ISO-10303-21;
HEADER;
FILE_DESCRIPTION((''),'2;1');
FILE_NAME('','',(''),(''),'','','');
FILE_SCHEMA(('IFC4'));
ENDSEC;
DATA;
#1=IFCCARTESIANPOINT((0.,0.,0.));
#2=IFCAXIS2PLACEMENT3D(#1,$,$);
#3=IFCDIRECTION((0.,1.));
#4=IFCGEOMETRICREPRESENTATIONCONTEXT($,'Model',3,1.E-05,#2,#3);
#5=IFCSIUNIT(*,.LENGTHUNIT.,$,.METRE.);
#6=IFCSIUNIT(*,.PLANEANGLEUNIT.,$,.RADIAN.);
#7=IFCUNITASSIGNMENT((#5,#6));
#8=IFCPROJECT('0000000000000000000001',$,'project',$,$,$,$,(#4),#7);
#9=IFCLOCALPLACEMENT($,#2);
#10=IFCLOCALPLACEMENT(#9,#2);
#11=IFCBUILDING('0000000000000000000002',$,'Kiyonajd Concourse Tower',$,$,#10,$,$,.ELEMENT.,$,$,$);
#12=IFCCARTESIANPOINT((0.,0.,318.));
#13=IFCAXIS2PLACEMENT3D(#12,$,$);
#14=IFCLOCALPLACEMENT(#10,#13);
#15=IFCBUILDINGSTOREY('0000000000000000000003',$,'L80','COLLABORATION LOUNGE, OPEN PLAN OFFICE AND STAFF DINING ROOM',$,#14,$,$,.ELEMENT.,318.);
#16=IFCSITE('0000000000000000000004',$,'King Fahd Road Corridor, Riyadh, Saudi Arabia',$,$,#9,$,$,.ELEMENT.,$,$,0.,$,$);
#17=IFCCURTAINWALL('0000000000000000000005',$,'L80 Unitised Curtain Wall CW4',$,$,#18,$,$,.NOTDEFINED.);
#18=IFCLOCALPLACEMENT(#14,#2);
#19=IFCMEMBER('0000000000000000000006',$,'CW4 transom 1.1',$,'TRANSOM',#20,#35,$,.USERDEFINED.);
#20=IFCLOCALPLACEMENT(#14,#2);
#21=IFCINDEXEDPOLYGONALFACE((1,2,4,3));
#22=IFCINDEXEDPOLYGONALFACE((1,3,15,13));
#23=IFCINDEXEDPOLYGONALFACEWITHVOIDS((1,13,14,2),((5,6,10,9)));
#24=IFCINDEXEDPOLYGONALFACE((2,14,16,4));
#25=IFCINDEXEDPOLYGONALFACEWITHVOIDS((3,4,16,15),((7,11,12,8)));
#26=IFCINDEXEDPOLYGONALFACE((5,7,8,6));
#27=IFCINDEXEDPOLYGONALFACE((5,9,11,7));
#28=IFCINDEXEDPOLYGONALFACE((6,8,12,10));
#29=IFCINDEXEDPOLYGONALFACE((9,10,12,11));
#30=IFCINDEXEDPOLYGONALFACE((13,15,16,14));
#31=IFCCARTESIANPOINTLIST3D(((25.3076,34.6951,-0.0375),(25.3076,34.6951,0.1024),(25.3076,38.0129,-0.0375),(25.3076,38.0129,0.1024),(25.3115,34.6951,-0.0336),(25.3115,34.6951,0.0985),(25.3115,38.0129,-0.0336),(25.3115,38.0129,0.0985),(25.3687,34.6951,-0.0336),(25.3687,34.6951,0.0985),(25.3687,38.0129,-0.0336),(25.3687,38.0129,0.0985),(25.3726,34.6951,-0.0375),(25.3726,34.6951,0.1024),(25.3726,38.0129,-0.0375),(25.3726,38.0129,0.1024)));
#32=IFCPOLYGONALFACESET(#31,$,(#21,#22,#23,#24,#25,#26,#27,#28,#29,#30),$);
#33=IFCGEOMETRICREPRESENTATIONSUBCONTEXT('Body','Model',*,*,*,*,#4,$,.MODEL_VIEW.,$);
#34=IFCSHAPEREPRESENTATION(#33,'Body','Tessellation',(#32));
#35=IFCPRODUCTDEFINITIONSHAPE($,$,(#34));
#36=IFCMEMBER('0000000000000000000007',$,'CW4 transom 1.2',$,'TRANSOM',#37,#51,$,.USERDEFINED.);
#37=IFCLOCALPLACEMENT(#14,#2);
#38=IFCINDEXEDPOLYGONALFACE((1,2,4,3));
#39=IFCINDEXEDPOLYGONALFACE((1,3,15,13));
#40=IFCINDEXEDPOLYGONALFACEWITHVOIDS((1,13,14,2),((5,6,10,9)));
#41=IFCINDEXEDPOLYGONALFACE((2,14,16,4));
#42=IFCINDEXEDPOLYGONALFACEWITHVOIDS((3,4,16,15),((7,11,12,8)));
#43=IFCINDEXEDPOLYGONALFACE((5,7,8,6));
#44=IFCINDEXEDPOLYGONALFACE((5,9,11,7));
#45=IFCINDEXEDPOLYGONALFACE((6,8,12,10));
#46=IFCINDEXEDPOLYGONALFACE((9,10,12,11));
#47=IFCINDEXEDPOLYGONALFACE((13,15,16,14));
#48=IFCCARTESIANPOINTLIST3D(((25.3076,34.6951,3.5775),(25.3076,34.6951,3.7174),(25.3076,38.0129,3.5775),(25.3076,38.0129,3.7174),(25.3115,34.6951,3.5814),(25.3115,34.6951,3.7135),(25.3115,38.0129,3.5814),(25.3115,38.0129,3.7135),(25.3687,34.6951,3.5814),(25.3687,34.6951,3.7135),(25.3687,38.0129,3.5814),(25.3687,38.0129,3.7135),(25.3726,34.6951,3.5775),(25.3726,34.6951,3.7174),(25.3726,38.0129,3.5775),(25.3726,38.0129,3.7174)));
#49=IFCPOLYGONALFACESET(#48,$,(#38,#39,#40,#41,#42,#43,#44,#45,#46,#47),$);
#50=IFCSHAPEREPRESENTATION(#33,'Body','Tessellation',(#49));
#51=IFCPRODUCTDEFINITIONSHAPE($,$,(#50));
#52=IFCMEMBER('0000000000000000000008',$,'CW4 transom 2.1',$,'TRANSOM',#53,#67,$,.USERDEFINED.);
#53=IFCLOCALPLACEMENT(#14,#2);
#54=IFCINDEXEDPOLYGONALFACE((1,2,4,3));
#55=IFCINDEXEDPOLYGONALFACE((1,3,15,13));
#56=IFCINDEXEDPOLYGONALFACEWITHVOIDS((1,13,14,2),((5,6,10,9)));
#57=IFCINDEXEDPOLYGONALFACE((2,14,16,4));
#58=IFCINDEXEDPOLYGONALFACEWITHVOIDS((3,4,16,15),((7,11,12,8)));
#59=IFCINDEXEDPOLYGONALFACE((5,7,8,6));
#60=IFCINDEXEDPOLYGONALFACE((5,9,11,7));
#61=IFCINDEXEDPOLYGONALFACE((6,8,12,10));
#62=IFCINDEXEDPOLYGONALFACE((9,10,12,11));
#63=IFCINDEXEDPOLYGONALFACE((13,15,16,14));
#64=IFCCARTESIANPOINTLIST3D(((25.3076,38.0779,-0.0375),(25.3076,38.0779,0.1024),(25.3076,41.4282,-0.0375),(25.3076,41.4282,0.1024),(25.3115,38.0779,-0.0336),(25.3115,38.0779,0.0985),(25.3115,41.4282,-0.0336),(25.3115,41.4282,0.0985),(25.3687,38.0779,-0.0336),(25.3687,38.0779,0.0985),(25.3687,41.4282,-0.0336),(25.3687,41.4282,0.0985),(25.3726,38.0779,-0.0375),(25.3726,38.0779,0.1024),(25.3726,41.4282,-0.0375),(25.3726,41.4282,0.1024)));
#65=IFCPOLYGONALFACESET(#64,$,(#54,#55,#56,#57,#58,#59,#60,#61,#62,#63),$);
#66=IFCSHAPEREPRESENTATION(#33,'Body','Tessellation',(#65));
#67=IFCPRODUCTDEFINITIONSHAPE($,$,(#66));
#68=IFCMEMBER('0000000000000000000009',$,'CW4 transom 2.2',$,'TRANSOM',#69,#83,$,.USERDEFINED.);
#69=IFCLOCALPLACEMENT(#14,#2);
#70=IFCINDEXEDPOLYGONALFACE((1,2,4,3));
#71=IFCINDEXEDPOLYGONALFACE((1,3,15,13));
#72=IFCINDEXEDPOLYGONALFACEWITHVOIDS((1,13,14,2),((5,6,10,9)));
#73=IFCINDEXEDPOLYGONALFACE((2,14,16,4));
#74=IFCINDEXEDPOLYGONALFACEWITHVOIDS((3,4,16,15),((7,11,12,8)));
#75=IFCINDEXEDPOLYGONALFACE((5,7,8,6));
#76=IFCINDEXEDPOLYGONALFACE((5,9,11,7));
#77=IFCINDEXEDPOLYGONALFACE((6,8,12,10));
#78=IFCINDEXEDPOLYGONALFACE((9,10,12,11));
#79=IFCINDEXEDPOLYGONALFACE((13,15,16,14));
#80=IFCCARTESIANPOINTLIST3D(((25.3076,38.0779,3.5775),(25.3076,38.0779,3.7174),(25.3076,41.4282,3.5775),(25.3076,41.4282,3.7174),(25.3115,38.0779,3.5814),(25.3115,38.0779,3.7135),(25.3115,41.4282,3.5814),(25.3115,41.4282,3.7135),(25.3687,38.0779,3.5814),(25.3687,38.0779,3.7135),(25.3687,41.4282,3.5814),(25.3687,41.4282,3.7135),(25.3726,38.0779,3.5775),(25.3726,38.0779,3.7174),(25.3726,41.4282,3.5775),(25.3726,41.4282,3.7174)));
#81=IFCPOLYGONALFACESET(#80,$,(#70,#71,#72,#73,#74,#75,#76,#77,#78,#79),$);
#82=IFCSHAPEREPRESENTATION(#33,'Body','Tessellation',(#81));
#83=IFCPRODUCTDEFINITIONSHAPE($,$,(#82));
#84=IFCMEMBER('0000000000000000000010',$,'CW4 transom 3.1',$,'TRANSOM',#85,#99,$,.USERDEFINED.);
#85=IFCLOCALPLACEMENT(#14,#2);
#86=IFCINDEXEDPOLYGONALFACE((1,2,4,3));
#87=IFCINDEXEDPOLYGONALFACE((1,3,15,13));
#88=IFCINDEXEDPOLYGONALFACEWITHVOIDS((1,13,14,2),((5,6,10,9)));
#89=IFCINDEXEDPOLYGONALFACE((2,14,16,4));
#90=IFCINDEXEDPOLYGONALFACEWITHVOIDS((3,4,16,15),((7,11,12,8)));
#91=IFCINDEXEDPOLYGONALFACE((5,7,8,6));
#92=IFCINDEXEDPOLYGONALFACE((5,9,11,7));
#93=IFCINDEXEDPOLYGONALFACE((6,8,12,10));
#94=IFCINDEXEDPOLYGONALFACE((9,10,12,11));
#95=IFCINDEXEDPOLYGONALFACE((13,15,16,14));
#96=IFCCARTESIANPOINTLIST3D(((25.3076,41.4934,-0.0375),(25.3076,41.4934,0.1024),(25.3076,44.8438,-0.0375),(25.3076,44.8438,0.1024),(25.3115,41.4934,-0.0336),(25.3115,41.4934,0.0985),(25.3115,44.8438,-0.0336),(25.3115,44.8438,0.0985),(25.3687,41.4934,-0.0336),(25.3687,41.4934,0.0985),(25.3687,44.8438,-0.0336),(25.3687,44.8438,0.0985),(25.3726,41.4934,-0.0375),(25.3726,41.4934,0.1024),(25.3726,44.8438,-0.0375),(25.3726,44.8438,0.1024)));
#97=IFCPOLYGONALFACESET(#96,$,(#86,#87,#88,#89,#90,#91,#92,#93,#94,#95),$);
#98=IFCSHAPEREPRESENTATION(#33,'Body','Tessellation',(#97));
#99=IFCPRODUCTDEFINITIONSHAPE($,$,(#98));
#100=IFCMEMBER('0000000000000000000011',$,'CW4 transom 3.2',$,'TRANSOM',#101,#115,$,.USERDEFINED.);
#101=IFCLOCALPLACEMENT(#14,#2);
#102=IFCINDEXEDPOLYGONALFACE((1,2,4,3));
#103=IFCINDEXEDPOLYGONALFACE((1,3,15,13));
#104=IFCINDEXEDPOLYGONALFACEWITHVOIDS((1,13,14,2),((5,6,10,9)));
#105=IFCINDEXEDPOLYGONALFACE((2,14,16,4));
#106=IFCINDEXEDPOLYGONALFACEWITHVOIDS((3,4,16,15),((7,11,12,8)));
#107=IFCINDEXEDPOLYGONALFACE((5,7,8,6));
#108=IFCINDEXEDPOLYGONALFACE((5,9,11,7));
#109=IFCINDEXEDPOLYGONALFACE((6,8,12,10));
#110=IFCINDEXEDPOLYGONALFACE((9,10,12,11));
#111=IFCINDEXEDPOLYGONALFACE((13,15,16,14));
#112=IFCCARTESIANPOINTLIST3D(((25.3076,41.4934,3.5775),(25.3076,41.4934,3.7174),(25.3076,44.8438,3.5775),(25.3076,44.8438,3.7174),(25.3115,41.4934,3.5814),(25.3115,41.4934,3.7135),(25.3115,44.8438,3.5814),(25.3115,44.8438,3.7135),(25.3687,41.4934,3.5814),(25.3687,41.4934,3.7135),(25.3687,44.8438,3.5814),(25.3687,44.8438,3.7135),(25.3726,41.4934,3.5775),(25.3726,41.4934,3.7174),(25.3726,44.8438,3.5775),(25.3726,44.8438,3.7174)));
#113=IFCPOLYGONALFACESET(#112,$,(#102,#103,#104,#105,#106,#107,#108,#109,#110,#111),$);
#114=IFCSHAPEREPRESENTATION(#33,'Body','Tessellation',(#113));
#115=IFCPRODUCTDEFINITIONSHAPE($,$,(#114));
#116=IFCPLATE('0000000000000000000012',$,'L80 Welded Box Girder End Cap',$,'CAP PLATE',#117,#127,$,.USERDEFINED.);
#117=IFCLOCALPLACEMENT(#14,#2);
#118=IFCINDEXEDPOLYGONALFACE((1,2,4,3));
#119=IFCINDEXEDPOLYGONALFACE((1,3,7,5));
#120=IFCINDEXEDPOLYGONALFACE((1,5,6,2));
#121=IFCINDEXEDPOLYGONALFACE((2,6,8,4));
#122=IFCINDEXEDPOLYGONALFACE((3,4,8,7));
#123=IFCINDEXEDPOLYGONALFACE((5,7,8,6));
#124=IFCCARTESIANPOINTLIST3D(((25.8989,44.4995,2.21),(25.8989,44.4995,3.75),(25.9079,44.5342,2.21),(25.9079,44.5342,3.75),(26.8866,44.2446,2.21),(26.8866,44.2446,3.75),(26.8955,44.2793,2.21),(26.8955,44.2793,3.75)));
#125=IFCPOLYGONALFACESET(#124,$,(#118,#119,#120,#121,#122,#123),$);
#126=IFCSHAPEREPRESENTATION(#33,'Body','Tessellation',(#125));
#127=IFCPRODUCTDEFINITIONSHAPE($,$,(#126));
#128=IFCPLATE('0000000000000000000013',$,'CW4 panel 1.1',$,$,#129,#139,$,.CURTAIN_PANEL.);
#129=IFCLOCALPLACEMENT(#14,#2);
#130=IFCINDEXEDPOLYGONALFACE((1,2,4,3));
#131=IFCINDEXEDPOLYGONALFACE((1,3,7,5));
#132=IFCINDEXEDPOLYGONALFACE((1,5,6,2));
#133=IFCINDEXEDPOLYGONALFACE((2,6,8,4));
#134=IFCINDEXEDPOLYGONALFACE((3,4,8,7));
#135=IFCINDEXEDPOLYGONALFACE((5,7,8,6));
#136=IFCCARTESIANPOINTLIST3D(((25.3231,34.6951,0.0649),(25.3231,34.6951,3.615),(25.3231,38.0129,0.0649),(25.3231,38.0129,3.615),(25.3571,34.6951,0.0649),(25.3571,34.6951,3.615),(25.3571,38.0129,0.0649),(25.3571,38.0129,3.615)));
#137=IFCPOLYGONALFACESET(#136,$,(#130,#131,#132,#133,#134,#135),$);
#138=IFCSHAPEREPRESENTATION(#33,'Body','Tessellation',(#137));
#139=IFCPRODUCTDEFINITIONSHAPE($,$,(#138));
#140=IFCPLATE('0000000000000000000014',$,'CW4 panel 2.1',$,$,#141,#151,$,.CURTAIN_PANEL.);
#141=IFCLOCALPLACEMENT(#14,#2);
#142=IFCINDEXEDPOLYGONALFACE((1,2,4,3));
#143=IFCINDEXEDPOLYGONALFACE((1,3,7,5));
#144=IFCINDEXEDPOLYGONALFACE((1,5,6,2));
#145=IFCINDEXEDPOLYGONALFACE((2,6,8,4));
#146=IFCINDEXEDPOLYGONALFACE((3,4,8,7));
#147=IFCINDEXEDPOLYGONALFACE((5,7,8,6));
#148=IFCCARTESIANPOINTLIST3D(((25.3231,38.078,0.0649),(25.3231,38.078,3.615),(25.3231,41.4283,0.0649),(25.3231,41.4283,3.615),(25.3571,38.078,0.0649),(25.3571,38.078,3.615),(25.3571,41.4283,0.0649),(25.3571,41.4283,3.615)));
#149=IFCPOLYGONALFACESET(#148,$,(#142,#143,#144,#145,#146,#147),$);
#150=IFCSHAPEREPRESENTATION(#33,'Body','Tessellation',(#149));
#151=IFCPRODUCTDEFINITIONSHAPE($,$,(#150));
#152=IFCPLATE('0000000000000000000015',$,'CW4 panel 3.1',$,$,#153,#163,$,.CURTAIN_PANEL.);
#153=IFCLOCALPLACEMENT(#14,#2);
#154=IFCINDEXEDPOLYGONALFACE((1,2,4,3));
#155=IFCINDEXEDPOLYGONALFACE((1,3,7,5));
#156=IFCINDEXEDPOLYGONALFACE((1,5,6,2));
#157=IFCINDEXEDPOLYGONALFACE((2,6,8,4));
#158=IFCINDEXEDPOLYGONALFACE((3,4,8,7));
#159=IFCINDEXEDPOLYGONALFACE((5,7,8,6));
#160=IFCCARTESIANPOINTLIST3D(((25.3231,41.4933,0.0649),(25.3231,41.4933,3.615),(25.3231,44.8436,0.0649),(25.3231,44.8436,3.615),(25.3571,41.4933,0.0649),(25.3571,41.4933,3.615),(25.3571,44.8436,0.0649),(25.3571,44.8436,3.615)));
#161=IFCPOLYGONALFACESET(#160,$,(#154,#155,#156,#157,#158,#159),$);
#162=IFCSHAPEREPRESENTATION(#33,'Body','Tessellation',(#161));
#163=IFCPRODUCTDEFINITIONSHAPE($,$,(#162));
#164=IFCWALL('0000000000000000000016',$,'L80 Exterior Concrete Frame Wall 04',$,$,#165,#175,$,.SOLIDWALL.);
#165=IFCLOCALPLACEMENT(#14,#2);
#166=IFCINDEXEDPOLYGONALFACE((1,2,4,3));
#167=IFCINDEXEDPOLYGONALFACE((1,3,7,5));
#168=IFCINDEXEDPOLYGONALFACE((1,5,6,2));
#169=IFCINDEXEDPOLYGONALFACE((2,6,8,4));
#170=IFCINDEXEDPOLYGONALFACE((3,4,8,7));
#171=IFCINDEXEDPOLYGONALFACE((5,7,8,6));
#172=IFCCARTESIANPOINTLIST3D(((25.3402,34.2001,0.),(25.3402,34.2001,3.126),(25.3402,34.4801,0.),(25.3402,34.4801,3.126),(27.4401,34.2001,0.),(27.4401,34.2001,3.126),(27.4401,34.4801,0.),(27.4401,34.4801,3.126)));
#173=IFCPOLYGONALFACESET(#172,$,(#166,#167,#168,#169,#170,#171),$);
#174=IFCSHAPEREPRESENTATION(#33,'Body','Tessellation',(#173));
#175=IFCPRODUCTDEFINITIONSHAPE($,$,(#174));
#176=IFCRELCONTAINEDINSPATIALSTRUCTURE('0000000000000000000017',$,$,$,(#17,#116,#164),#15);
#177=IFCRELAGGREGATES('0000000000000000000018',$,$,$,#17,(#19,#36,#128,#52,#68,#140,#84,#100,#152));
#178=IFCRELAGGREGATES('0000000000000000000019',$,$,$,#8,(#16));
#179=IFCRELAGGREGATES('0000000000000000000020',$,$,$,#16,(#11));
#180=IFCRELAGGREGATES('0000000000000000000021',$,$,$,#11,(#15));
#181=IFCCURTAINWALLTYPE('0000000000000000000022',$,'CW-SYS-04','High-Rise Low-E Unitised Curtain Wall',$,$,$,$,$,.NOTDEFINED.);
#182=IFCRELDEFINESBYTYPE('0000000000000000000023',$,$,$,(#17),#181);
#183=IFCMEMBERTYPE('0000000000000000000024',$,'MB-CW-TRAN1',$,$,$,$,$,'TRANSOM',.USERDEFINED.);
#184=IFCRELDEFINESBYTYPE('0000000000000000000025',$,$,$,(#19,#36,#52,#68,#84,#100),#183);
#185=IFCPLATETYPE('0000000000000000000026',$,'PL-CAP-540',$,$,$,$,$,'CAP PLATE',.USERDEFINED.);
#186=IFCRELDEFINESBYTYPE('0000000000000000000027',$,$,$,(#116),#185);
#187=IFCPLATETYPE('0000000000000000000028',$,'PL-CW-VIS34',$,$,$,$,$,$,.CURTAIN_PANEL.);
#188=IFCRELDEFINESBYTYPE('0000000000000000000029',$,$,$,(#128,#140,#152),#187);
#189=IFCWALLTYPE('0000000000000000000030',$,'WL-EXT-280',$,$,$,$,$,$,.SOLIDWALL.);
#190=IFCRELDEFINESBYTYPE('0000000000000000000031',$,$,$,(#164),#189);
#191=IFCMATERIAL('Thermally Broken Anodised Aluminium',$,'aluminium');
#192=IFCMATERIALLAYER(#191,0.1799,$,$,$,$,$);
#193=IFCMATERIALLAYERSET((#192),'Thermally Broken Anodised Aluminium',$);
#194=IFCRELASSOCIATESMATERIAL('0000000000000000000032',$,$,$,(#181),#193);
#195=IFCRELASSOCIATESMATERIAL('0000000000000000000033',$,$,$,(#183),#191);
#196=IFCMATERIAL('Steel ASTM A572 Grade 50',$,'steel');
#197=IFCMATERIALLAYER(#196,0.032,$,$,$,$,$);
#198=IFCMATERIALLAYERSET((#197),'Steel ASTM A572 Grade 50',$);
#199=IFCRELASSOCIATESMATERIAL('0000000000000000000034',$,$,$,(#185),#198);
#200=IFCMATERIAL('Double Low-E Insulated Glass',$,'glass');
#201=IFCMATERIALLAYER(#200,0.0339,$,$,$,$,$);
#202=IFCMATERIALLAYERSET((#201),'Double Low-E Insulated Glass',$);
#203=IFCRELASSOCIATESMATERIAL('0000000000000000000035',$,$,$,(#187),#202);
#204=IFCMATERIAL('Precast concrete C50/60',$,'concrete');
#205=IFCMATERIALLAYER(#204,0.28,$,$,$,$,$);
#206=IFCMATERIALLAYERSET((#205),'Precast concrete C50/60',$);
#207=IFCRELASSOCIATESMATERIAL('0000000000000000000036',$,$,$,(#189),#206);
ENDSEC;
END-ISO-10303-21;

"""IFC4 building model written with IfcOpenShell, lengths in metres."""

from ifc_helpers import new_model, si_unit, direction, frame, frame_2d, origin, origin_2d, place, context, subcontext, project, spatial, rectangle, hollow_rectangle, extrude, material, layer, layer_set, material_profile, profile_set, type_object, element, aggregate, save


model = new_model("IFC4")

# Units and contexts
model_context = context("Model", 3, precision=1e-05, world=origin(), true_north=direction((0.0, 1.0)))
body_context = subcontext(model_context, "Body", "Model", "MODEL_VIEW")
ifc_project = project(units=[si_unit("LENGTHUNIT", "METRE"), si_unit("PLANEANGLEUNIT", "RADIAN")], contexts=[model_context])

# Site, building, storey
site_placement = place(None, origin())
site = spatial("IfcSite", under=ifc_project, at=site_placement, Name="King Fahd Road Corridor, Riyadh, Saudi Arabia", CompositionType="ELEMENT", RefElevation=0.0)
building_placement = place(site_placement, origin())
building = spatial("IfcBuilding", under=site, at=building_placement, Name="Kiyonajd Concourse Tower", CompositionType="ELEMENT")
storey_placement = place(building_placement, frame((0.0, 0.0, 318.0)))
storey = spatial("IfcBuildingStorey", under=building, at=storey_placement, Name="L80", Description="COLLABORATION LOUNGE, OPEN PLAN OFFICE AND STAFF DINING ROOM", CompositionType="ELEMENT", Elevation=318.0)

# Curtain wall, members
ifc_material_1 = material(Name="Thermally Broken Anodised Aluminium", Category="aluminium")
ifc_layer_1 = layer(ifc_material_1, 0.1799)
ifc_layer_set_1 = layer_set([ifc_layer_1], Name="Thermally Broken Anodised Aluminium")
curtain_wall_type = type_object("IfcCurtainWallType", Name="CW-SYS-04", Description="High-Rise Low-E Unitised Curtain Wall", PredefinedType="NOTDEFINED", material=ifc_layer_set_1)
curtain_wall_placement = place(storey_placement, origin())
curtain_wall = element("IfcCurtainWall", 1, at=curtain_wall_placement, inside=storey, type_object=curtain_wall_type, Name="L80 Unitised Curtain Wall CW4", PredefinedType="NOTDEFINED")
ifc_material_profile_1 = material_profile(ifc_material_1, hollow_rectangle(XDim=0.0649, YDim=0.1399, WallThickness=0.0039, at=origin_2d()), Name="TRAN-65x140")
ifc_profile_set_1 = profile_set([ifc_material_profile_1], Name="Thermally Broken Anodised Aluminium")
member_type_1 = type_object("IfcMemberType", Name="MB-CW-TRAN1", ElementType="TRANSOM", PredefinedType="USERDEFINED", material=ifc_profile_set_1)
member_1_placement = place(storey_placement, frame((25.3401, 34.6951, 0.0325), z_axis=(0.0, 1.0, 0.0), x_axis=(-1.0, 0.0, 0.0)))
member_1 = element("IfcMember", 2, at=member_1_placement, type_object=member_type_1, Name="CW4 transom 1.1", ObjectType="TRANSOM", PredefinedType="USERDEFINED", context=body_context, shape_type="SweptSolid", body=[
    extrude(hollow_rectangle(XDim=0.0649, YDim=0.1399, WallThickness=0.0039, at=origin_2d()), origin(), (0.0, 0.0, 1.0), 3.3179),
])
member_2_placement = place(storey_placement, frame((25.3401, 34.6951, 3.6475), z_axis=(0.0, 1.0, 0.0), x_axis=(-1.0, 0.0, 0.0)))
member_2 = element("IfcMember", 3, at=member_2_placement, type_object=member_type_1, Name="CW4 transom 1.2", ObjectType="TRANSOM", PredefinedType="USERDEFINED", context=body_context, shape_type="SweptSolid", body=[
    extrude(hollow_rectangle(XDim=0.0649, YDim=0.1399, WallThickness=0.0039, at=origin_2d()), origin(), (0.0, 0.0, 1.0), 3.3179),
])
member_3_placement = place(storey_placement, frame((25.3401, 38.0779, 0.0325), z_axis=(0.0, 1.0, 0.0), x_axis=(-1.0, 0.0, 0.0)))
member_3 = element("IfcMember", 4, at=member_3_placement, type_object=member_type_1, Name="CW4 transom 2.1", ObjectType="TRANSOM", PredefinedType="USERDEFINED", context=body_context, shape_type="SweptSolid", body=[
    extrude(hollow_rectangle(XDim=0.0649, YDim=0.1399, WallThickness=0.0039, at=origin_2d()), origin(), (0.0, 0.0, 1.0), 3.3503),
])
member_4_placement = place(storey_placement, frame((25.3401, 38.0779, 3.6475), z_axis=(0.0, 1.0, 0.0), x_axis=(-1.0, 0.0, 0.0)))
member_4 = element("IfcMember", 5, at=member_4_placement, type_object=member_type_1, Name="CW4 transom 2.2", ObjectType="TRANSOM", PredefinedType="USERDEFINED", context=body_context, shape_type="SweptSolid", body=[
    extrude(hollow_rectangle(XDim=0.0649, YDim=0.1399, WallThickness=0.0039, at=origin_2d()), origin(), (0.0, 0.0, 1.0), 3.3503),
])
member_5_placement = place(storey_placement, frame((25.3401, 41.4934, 0.0325), z_axis=(0.0, 1.0, 0.0), x_axis=(-1.0, 0.0, 0.0)))
member_5 = element("IfcMember", 6, at=member_5_placement, type_object=member_type_1, Name="CW4 transom 3.1", ObjectType="TRANSOM", PredefinedType="USERDEFINED", context=body_context, shape_type="SweptSolid", body=[
    extrude(hollow_rectangle(XDim=0.0649, YDim=0.1399, WallThickness=0.0039, at=origin_2d()), origin(), (0.0, 0.0, 1.0), 3.3503),
])
member_6_placement = place(storey_placement, frame((25.3401, 41.4934, 3.6475), z_axis=(0.0, 1.0, 0.0), x_axis=(-1.0, 0.0, 0.0)))
member_6 = element("IfcMember", 7, at=member_6_placement, type_object=member_type_1, Name="CW4 transom 3.2", ObjectType="TRANSOM", PredefinedType="USERDEFINED", context=body_context, shape_type="SweptSolid", body=[
    extrude(hollow_rectangle(XDim=0.0649, YDim=0.1399, WallThickness=0.0039, at=origin_2d()), origin(), (0.0, 0.0, 1.0), 3.3503),
])

# Plates
ifc_material_2 = material(Name="Steel ASTM A572 Grade 50", Category="steel")
ifc_layer_2 = layer(ifc_material_2, 0.032)
ifc_layer_set_2 = layer_set([ifc_layer_2], Name="Steel ASTM A572 Grade 50")
plate_type_1 = type_object("IfcPlateType", Name="PL-CAP-540", ElementType="CAP PLATE", PredefinedType="USERDEFINED", material=ifc_layer_set_2)
plate_1_placement = place(storey_placement, frame((26.3972, 44.3894, 2.21), z_axis=(0.0, 0.0, 1.0), x_axis=(-0.249873, -0.968279, 0.0)))
element("IfcPlate", 8, at=plate_1_placement, inside=storey, type_object=plate_type_1, Name="L80 Welded Box Girder End Cap", ObjectType="CAP PLATE", PredefinedType="USERDEFINED", context=body_context, shape_type="SweptSolid", body=[
    extrude(rectangle(XDim=0.0359, YDim=1.02, at=origin_2d()), origin(), (0.0, 0.0, 1.0), 1.54),
])
ifc_material_3 = material(Name="Double Low-E Insulated Glass", Category="glass")
ifc_layer_3 = layer(ifc_material_3, 0.0339)
ifc_layer_set_3 = layer_set([ifc_layer_3], Name="Double Low-E Insulated Glass")
plate_type_2 = type_object("IfcPlateType", Name="PL-CW-VIS34", PredefinedType="CURTAIN_PANEL", material=ifc_layer_set_3)
plate_2_placement = place(storey_placement, frame((25.3401, 36.354, 0.0649), z_axis=(0.0, 0.0, 1.0), x_axis=(0.0, 1.0, 0.0)))
plate_2 = element("IfcPlate", 9, at=plate_2_placement, type_object=plate_type_2, Name="CW4 panel 1.1", PredefinedType="CURTAIN_PANEL", context=body_context, shape_type="SweptSolid", body=[
    extrude(rectangle(XDim=3.3179, YDim=0.0339, at=origin_2d()), origin(), (0.0, 0.0, 1.0), 3.55),
])
plate_3_placement = place(storey_placement, frame((25.3401, 39.7532, 0.0649), z_axis=(0.0, 0.0, 1.0), x_axis=(0.0, 1.0, 0.0)))
plate_3 = element("IfcPlate", 10, at=plate_3_placement, type_object=plate_type_2, Name="CW4 panel 2.1", PredefinedType="CURTAIN_PANEL", context=body_context, shape_type="SweptSolid", body=[
    extrude(rectangle(XDim=3.3503, YDim=0.0339, at=origin_2d()), origin(), (0.0, 0.0, 1.0), 3.55),
])
plate_4_placement = place(storey_placement, frame((25.3401, 43.1685, 0.0649), z_axis=(0.0, 0.0, 1.0), x_axis=(0.0, 1.0, 0.0)))
plate_4 = element("IfcPlate", 11, at=plate_4_placement, type_object=plate_type_2, Name="CW4 panel 3.1", PredefinedType="CURTAIN_PANEL", context=body_context, shape_type="SweptSolid", body=[
    extrude(rectangle(XDim=3.3503, YDim=0.0339, at=origin_2d()), origin(), (0.0, 0.0, 1.0), 3.55),
])
aggregate(curtain_wall, [member_1, member_2, plate_2, member_3, member_4, plate_3, member_5, member_6, plate_4])

# Wall
ifc_material_4 = material(Name="Precast concrete C50/60", Category="concrete")
ifc_layer_4 = layer(ifc_material_4, 0.28)
ifc_layer_set_4 = layer_set([ifc_layer_4], Name="Precast concrete C50/60")
wall_type = type_object("IfcWallType", Name="WL-EXT-280", PredefinedType="SOLIDWALL", material=ifc_layer_set_4)
wall_placement = place(storey_placement, frame((27.4399, 34.3401, 0.0), z_axis=(0.0, 0.0, 1.0), x_axis=(-1.0, 0.0, 0.0)))
element("IfcWall", 12, at=wall_placement, inside=storey, type_object=wall_type, Name="L80 Exterior Concrete Frame Wall 04", PredefinedType="SOLIDWALL", context=body_context, shape_type="SweptSolid", body=[
    extrude(rectangle(XDim=2.0999, YDim=0.28, at=frame_2d((1.0498, 0.0))), origin(), (0.0, 0.0, 1.0), 3.126),
])

save(model, "model.ifc")
